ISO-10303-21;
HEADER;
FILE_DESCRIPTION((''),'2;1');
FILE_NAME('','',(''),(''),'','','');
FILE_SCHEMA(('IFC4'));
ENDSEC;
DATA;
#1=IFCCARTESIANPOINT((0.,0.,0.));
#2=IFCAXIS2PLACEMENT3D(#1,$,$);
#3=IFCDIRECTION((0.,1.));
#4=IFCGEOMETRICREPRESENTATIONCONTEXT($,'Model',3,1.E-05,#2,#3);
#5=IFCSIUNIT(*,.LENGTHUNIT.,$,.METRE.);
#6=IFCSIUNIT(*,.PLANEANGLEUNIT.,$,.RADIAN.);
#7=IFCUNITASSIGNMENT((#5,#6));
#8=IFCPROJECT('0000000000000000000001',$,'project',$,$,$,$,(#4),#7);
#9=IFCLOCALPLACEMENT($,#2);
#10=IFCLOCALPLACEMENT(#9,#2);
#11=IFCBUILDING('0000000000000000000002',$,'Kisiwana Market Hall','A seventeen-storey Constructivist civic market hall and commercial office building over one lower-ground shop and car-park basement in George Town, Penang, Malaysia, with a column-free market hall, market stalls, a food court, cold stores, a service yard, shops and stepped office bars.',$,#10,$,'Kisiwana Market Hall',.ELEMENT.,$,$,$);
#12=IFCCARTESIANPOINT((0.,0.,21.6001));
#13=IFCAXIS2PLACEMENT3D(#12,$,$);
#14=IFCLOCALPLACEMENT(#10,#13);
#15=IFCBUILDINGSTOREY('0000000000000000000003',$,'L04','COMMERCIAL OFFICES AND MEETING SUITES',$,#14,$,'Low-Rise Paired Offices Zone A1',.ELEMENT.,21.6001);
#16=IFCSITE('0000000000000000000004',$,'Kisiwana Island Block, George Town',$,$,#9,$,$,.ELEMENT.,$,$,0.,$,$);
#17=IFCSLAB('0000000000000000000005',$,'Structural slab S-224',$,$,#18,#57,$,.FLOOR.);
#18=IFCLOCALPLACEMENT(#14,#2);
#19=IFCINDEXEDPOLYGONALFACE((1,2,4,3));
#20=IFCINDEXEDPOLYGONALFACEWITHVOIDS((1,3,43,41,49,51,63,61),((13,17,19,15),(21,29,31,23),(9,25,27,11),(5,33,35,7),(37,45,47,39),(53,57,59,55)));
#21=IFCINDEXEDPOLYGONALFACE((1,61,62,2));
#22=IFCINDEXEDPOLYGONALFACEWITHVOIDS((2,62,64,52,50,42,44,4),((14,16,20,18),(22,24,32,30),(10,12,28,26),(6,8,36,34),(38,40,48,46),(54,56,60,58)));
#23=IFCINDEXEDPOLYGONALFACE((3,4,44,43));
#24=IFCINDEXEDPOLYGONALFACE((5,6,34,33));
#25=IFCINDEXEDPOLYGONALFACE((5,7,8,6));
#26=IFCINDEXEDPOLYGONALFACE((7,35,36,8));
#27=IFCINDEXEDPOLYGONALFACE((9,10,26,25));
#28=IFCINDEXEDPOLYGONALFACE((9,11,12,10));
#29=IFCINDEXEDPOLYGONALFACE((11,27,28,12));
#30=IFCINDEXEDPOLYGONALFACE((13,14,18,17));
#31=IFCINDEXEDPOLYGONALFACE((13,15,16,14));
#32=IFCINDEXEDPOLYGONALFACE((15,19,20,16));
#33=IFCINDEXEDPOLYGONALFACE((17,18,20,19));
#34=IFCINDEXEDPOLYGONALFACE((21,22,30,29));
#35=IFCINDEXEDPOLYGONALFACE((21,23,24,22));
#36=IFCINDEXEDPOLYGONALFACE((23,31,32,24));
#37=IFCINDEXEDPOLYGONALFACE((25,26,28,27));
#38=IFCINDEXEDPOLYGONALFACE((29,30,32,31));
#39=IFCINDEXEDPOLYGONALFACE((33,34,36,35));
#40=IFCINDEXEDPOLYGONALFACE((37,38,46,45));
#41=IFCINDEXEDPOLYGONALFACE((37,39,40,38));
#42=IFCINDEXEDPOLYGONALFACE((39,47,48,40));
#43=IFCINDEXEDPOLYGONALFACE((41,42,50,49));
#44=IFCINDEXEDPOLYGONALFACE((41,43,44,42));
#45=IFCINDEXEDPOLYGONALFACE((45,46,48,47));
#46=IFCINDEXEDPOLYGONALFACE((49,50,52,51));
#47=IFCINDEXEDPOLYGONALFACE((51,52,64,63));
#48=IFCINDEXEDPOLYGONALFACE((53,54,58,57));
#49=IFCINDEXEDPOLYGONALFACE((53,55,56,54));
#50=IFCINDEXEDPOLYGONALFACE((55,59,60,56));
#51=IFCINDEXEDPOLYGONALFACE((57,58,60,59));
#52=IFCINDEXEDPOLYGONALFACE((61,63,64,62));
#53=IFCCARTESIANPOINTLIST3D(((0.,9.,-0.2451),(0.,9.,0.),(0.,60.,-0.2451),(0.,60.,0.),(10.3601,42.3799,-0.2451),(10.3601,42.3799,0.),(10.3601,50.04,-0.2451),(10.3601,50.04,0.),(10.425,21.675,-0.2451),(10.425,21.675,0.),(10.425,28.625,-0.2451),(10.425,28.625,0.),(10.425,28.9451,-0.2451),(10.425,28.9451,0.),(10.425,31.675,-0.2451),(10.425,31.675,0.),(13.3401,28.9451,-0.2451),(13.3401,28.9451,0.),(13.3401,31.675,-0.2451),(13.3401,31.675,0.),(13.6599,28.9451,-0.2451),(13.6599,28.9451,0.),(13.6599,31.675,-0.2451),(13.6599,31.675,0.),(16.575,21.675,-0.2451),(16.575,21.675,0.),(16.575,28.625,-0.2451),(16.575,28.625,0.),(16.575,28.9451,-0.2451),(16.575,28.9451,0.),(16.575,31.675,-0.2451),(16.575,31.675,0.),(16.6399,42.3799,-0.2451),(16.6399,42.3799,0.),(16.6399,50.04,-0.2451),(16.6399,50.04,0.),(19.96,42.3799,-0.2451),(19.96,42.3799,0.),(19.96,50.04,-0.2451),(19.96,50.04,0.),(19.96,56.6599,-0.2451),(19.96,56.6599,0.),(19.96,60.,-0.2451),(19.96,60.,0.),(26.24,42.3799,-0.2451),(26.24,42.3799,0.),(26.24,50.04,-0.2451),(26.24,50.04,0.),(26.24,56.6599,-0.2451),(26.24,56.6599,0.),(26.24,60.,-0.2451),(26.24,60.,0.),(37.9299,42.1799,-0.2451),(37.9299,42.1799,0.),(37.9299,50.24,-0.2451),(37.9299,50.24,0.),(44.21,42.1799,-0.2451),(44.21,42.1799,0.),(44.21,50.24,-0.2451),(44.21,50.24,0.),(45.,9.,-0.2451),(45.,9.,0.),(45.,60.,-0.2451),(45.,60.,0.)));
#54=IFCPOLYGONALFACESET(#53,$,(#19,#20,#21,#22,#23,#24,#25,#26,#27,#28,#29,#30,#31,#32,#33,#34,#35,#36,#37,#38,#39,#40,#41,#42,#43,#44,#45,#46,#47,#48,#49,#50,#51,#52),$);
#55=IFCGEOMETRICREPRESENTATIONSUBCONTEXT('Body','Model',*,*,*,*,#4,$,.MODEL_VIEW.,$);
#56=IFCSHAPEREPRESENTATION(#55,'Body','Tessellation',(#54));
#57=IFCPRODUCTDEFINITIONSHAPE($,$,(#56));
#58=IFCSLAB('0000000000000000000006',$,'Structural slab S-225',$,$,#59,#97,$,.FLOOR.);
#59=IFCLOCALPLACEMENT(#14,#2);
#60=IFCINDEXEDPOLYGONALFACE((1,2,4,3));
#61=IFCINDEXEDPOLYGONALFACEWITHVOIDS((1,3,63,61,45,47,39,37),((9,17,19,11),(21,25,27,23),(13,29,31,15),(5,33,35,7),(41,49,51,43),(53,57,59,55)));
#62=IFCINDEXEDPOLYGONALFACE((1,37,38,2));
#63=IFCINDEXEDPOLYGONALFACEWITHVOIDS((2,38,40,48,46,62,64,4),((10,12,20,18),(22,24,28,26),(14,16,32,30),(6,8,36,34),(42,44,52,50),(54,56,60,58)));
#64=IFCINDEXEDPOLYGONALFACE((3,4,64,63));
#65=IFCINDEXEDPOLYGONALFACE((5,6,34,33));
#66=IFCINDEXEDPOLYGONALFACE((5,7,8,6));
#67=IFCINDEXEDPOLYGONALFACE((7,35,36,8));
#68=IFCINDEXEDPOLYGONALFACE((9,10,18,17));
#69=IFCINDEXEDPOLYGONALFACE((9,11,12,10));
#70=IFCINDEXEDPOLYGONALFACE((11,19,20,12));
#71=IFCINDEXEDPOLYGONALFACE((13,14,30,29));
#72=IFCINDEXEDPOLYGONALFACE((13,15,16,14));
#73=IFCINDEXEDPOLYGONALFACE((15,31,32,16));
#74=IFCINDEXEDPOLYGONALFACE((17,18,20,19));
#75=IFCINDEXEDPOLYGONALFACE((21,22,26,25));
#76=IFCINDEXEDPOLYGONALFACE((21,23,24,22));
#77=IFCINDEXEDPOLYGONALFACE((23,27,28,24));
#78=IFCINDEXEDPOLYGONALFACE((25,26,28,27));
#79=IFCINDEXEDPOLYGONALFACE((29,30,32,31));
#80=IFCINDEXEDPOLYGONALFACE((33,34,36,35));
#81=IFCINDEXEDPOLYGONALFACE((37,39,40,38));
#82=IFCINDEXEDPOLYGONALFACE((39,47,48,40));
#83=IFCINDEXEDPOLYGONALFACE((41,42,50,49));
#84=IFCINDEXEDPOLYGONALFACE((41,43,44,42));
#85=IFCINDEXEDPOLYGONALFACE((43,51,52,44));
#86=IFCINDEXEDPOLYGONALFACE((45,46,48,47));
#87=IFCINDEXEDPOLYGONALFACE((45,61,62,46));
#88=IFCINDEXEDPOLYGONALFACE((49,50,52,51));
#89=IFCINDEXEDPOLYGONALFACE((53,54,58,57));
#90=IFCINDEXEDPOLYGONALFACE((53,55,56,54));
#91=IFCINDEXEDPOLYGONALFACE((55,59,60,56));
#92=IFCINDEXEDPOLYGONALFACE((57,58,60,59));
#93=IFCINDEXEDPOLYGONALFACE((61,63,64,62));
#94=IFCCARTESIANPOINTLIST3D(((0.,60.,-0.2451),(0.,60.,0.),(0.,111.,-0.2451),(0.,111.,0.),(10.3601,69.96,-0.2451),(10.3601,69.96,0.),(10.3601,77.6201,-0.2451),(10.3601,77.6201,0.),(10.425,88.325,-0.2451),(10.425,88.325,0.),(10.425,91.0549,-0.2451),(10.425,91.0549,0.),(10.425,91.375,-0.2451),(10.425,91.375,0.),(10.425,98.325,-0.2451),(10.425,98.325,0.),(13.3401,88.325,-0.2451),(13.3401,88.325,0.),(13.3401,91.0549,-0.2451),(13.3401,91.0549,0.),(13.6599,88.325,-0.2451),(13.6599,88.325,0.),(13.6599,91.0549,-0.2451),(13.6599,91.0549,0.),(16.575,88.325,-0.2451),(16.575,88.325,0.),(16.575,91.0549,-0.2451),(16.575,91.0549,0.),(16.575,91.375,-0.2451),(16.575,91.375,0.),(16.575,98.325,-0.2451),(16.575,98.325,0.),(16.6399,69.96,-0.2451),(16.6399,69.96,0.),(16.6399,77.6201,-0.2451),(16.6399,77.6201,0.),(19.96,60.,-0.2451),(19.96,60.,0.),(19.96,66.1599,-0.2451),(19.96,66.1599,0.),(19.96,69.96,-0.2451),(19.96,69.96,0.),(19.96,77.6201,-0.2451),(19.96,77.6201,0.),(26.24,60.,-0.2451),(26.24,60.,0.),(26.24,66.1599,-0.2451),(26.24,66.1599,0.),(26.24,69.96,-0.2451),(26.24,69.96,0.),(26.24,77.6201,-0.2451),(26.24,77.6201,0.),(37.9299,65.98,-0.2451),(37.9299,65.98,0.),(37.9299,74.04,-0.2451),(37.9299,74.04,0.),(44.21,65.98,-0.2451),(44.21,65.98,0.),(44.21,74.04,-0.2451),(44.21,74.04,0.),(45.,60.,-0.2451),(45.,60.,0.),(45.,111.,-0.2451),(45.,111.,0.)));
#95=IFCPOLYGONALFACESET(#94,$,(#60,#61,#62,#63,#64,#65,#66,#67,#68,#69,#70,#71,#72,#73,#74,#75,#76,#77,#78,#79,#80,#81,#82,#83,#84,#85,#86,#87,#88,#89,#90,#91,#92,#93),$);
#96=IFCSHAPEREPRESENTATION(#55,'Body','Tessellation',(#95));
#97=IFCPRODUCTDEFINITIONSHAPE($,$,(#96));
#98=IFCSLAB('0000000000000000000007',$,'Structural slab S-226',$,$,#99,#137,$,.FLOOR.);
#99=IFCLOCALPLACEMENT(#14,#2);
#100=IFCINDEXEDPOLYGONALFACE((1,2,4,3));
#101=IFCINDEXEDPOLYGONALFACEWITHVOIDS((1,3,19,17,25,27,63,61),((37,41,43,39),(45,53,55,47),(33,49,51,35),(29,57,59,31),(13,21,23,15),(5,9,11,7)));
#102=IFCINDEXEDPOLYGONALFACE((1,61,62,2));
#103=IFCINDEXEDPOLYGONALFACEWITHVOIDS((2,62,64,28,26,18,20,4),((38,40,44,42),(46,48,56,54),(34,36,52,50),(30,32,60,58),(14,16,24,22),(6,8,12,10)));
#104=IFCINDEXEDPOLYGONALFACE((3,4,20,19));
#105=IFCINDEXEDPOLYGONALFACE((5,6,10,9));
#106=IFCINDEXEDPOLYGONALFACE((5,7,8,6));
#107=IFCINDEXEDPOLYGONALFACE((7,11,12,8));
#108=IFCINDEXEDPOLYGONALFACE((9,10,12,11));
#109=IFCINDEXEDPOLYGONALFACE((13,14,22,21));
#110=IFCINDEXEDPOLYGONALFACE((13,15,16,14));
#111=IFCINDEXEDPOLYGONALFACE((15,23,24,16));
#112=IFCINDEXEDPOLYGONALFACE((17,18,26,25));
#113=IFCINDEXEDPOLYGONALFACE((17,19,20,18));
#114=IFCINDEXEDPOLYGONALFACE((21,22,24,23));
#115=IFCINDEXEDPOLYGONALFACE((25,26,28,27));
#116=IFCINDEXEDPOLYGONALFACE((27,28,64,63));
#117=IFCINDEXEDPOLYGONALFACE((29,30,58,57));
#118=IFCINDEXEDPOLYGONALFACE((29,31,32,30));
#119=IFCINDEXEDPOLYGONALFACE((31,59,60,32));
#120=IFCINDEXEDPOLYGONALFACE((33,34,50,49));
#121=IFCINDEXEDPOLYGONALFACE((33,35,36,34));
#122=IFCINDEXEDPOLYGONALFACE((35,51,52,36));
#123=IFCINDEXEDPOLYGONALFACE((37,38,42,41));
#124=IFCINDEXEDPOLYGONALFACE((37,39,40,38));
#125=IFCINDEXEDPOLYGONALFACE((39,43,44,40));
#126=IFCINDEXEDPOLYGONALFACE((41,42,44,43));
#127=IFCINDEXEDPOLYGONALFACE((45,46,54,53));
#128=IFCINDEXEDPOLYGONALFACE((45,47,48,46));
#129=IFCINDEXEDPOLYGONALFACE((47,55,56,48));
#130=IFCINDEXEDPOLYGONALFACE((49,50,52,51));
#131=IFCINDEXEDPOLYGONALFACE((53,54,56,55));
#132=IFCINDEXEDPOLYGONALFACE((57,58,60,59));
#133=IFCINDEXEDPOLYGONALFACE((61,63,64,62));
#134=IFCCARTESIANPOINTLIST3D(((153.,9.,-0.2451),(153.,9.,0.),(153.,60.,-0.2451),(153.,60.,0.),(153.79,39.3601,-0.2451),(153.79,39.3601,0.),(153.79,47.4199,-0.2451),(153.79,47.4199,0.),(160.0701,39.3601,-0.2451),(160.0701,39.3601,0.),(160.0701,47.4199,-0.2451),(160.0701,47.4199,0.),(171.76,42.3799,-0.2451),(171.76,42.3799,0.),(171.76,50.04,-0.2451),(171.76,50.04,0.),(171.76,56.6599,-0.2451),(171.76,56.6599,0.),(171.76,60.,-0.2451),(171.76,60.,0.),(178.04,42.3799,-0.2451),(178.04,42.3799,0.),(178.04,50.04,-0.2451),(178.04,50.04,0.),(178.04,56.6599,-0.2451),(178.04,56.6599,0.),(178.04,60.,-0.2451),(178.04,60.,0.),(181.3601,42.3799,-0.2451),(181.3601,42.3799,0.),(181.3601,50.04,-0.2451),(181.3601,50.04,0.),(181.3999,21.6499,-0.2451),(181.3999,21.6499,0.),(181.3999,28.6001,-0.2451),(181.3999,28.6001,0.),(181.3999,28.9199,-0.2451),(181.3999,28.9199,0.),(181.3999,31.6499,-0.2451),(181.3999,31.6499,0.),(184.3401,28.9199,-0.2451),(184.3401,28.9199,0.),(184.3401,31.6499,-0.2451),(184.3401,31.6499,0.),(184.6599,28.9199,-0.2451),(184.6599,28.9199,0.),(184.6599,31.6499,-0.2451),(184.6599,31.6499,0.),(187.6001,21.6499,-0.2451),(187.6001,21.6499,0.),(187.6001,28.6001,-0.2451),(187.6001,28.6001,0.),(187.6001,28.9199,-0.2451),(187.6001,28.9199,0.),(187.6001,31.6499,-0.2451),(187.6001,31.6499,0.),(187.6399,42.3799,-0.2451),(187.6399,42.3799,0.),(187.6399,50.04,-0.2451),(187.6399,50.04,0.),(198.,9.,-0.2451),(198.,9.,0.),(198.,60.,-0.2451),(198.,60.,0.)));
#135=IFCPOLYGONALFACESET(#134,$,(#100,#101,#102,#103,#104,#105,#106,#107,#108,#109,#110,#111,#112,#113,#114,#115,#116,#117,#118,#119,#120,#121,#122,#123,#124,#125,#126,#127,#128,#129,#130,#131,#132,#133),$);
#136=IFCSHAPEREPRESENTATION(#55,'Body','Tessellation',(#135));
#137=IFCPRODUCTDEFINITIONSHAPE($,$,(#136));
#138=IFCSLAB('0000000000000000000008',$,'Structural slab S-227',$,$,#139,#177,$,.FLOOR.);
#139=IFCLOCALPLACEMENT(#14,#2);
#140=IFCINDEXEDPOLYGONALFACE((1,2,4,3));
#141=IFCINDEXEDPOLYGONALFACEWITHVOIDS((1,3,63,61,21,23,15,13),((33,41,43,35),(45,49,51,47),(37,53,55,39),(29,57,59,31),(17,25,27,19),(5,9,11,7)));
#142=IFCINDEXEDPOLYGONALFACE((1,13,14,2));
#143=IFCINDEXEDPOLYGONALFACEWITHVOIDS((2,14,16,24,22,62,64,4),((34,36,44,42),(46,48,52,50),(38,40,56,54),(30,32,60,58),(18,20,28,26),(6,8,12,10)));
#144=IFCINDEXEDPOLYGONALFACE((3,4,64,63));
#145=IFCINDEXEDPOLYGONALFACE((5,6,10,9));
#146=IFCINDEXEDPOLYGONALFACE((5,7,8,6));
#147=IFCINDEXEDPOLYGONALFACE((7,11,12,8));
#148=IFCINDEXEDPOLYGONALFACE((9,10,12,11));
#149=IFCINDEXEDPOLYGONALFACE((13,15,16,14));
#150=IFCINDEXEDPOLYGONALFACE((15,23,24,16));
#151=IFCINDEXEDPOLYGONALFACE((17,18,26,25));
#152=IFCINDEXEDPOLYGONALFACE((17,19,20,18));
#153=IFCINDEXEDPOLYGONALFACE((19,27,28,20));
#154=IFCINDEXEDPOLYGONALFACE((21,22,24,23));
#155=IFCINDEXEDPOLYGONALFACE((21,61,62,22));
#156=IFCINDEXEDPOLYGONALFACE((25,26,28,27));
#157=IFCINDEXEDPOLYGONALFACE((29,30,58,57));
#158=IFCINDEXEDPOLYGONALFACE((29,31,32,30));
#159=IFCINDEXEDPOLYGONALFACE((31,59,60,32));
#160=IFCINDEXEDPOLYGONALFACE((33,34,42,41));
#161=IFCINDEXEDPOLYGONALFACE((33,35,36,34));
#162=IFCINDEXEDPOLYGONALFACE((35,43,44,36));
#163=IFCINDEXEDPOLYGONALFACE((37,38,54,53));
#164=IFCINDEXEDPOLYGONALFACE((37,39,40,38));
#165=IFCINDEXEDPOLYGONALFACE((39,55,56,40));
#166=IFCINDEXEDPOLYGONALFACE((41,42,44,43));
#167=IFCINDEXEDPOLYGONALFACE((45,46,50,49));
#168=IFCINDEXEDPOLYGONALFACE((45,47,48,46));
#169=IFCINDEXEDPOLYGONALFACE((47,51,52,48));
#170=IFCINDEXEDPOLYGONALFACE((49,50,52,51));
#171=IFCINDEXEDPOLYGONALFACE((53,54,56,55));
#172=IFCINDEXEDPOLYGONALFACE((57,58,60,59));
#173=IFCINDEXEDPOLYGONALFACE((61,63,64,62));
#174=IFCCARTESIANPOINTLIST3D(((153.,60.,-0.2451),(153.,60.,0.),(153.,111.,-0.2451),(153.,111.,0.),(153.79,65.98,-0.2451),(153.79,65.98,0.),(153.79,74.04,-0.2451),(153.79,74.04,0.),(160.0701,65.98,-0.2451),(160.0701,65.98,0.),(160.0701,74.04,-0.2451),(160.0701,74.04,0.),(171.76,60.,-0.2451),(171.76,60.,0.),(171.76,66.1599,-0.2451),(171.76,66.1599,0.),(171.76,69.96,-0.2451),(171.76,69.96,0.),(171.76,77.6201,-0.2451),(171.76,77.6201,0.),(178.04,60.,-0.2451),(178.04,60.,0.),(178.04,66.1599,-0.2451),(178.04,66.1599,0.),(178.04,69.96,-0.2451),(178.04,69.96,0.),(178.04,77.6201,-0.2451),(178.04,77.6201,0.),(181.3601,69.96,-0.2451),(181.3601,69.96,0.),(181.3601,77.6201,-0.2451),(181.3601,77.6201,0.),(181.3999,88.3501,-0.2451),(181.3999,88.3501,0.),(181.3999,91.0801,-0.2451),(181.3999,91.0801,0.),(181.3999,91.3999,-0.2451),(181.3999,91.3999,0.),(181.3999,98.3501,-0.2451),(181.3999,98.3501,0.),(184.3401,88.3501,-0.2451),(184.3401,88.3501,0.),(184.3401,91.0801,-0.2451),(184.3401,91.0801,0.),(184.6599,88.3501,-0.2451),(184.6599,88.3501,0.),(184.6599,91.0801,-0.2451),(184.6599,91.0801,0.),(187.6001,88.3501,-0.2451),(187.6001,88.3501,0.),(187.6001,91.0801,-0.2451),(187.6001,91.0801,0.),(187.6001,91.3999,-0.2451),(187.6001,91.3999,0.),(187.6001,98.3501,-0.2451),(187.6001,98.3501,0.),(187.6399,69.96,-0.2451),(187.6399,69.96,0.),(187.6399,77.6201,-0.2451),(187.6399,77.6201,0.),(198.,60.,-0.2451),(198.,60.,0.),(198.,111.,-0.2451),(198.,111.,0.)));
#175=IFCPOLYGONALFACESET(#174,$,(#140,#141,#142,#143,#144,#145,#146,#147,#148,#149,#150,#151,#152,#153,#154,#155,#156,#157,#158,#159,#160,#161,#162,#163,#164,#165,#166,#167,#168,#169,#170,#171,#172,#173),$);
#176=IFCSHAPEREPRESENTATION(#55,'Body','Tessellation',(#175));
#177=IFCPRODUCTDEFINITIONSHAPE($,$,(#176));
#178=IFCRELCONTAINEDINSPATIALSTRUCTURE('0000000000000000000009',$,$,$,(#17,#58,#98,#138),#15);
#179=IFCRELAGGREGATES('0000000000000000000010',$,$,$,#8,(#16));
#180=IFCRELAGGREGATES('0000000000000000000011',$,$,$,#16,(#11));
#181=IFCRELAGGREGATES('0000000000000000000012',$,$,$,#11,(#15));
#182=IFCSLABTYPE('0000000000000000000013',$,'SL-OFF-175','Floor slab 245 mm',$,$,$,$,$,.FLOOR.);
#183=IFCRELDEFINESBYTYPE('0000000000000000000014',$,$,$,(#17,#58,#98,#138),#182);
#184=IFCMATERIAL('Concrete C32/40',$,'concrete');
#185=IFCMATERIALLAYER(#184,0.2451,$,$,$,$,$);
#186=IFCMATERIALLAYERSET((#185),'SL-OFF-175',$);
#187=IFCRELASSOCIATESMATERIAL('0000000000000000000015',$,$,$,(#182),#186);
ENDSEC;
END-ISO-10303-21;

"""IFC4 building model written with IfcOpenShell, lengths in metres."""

from ifc_helpers import new_model, si_unit, direction, frame, origin, place, context, subcontext, project, spatial, polyline, outline, extrude, material, layer, layer_set, type_object, element, save


model = new_model("IFC4")

# Units and contexts
model_context = context("Model", 3, precision=1e-05, world=origin(), true_north=direction((0.0, 1.0)))
body_context = subcontext(model_context, "Body", "Model", "MODEL_VIEW")
ifc_project = project(units=[si_unit("LENGTHUNIT", "METRE"), si_unit("PLANEANGLEUNIT", "RADIAN")], contexts=[model_context])

# Site, building, storey
site_placement = place(None, origin())
site = spatial("IfcSite", under=ifc_project, at=site_placement, Name="Kisiwana Island Block, George Town", CompositionType="ELEMENT", RefElevation=0.0)
building_placement = place(site_placement, origin())
building = spatial("IfcBuilding", under=site, at=building_placement, Name="Kisiwana Market Hall", Description="A seventeen-storey Constructivist civic market hall and commercial office building over one lower-ground shop and car-park basement in George Town, Penang, Malaysia, with a column-free market hall, market stalls, a food court, cold stores, a service yard, shops and stepped office bars.", LongName="Kisiwana Market Hall", CompositionType="ELEMENT")
storey_placement = place(building_placement, frame((0.0, 0.0, 21.6001)))
storey = spatial("IfcBuildingStorey", under=building, at=storey_placement, Name="L04", Description="COMMERCIAL OFFICES AND MEETING SUITES", LongName="Low-Rise Paired Offices Zone A1", CompositionType="ELEMENT", Elevation=21.6001)

# Slabs
ifc_material_1 = material(Name="Concrete C32/40", Category="concrete")
ifc_layer_1 = layer(ifc_material_1, 0.2451)
ifc_layer_set_1 = layer_set([ifc_layer_1], Name="SL-OFF-175")
slab_type_1 = type_object("IfcSlabType", Name="SL-OFF-175", Description="Floor slab 245 mm", PredefinedType="FLOOR", material=ifc_layer_set_1)
slab_1_placement = place(storey_placement, frame((0.0, 0.0, -0.2451)))
element("IfcSlab", 1, at=slab_1_placement, inside=storey, type_object=slab_type_1, Name="Structural slab S-224", PredefinedType="FLOOR", context=body_context, shape_type="SweptSolid", body=[
    extrude(outline(polyline([(0.0, 9.0), (45.0, 9.0), (45.0, 60.0), (26.24, 60.0), (26.24, 56.6599), (19.96, 56.6599), (19.96, 60.0), (0.0, 60.0), (0.0, 9.0)]), holes=[polyline([(10.425, 21.675), (16.575, 21.675), (16.575, 28.625), (10.425, 28.625), (10.425, 21.675)]), polyline([(10.425, 28.9451), (13.3401, 28.9451), (13.3401, 31.675), (10.425, 31.675), (10.425, 28.9451)]), polyline([(13.6599, 28.9451), (16.575, 28.9451), (16.575, 31.675), (13.6599, 31.675), (13.6599, 28.9451)]), polyline([(10.3601, 42.3799), (16.6399, 42.3799), (16.6399, 50.04), (10.3601, 50.04), (10.3601, 42.3799)]), polyline([(19.96, 42.3799), (26.24, 42.3799), (26.24, 50.04), (19.96, 50.04), (19.96, 42.3799)]), polyline([(37.9299, 42.1799), (44.21, 42.1799), (44.21, 50.24), (37.9299, 50.24), (37.9299, 42.1799)])]), origin(), (0.0, 0.0, 1.0), 0.2451),
])
slab_2_placement = place(storey_placement, frame((0.0, 0.0, -0.2451)))
element("IfcSlab", 2, at=slab_2_placement, inside=storey, type_object=slab_type_1, Name="Structural slab S-225", PredefinedType="FLOOR", context=body_context, shape_type="SweptSolid", body=[
    extrude(outline(polyline([(0.0, 60.0), (19.96, 60.0), (19.96, 66.1599), (26.24, 66.1599), (26.24, 60.0), (45.0, 60.0), (45.0, 111.0), (0.0, 111.0), (0.0, 60.0)]), holes=[polyline([(10.425, 91.375), (16.575, 91.375), (16.575, 98.325), (10.425, 98.325), (10.425, 91.375)]), polyline([(10.425, 88.325), (13.3401, 88.325), (13.3401, 91.0549), (10.425, 91.0549), (10.425, 88.325)]), polyline([(13.6599, 88.325), (16.575, 88.325), (16.575, 91.0549), (13.6599, 91.0549), (13.6599, 88.325)]), polyline([(10.3601, 69.96), (16.6399, 69.96), (16.6399, 77.6201), (10.3601, 77.6201), (10.3601, 69.96)]), polyline([(19.96, 69.96), (26.24, 69.96), (26.24, 77.6201), (19.96, 77.6201), (19.96, 69.96)]), polyline([(37.9299, 65.98), (44.21, 65.98), (44.21, 74.04), (37.9299, 74.04), (37.9299, 65.98)])]), origin(), (0.0, 0.0, 1.0), 0.2451),
])
slab_3_placement = place(storey_placement, frame((0.0, 0.0, -0.2451)))
element("IfcSlab", 3, at=slab_3_placement, inside=storey, type_object=slab_type_1, Name="Structural slab S-226", PredefinedType="FLOOR", context=body_context, shape_type="SweptSolid", body=[
    extrude(outline(polyline([(153.0, 9.0), (198.0, 9.0), (198.0, 60.0), (178.04, 60.0), (178.04, 56.6599), (171.76, 56.6599), (171.76, 60.0), (153.0, 60.0), (153.0, 9.0)]), holes=[polyline([(181.3999, 21.6499), (187.6001, 21.6499), (187.6001, 28.6001), (181.3999, 28.6001), (181.3999, 21.6499)]), polyline([(181.3999, 28.9199), (184.3401, 28.9199), (184.3401, 31.6499), (181.3999, 31.6499), (181.3999, 28.9199)]), polyline([(184.6599, 28.9199), (187.6001, 28.9199), (187.6001, 31.6499), (184.6599, 31.6499), (184.6599, 28.9199)]), polyline([(181.3601, 42.3799), (187.6399, 42.3799), (187.6399, 50.04), (181.3601, 50.04), (181.3601, 42.3799)]), polyline([(171.76, 42.3799), (178.04, 42.3799), (178.04, 50.04), (171.76, 50.04), (171.76, 42.3799)]), polyline([(153.79, 39.3601), (160.0701, 39.3601), (160.0701, 47.4199), (153.79, 47.4199), (153.79, 39.3601)])]), origin(), (0.0, 0.0, 1.0), 0.2451),
])
slab_4_placement = place(storey_placement, frame((0.0, 0.0, -0.2451)))
element("IfcSlab", 4, at=slab_4_placement, inside=storey, type_object=slab_type_1, Name="Structural slab S-227", PredefinedType="FLOOR", context=body_context, shape_type="SweptSolid", body=[
    extrude(outline(polyline([(153.0, 60.0), (171.76, 60.0), (171.76, 66.1599), (178.04, 66.1599), (178.04, 60.0), (198.0, 60.0), (198.0, 111.0), (153.0, 111.0), (153.0, 60.0)]), holes=[polyline([(181.3999, 91.3999), (187.6001, 91.3999), (187.6001, 98.3501), (181.3999, 98.3501), (181.3999, 91.3999)]), polyline([(181.3999, 88.3501), (184.3401, 88.3501), (184.3401, 91.0801), (181.3999, 91.0801), (181.3999, 88.3501)]), polyline([(184.6599, 88.3501), (187.6001, 88.3501), (187.6001, 91.0801), (184.6599, 91.0801), (184.6599, 88.3501)]), polyline([(181.3601, 69.96), (187.6399, 69.96), (187.6399, 77.6201), (181.3601, 77.6201), (181.3601, 69.96)]), polyline([(171.76, 69.96), (178.04, 69.96), (178.04, 77.6201), (171.76, 77.6201), (171.76, 69.96)]), polyline([(153.79, 65.98), (160.0701, 65.98), (160.0701, 74.04), (153.79, 74.04), (153.79, 65.98)])]), origin(), (0.0, 0.0, 1.0), 0.2451),
])

save(model, "model.ifc")
